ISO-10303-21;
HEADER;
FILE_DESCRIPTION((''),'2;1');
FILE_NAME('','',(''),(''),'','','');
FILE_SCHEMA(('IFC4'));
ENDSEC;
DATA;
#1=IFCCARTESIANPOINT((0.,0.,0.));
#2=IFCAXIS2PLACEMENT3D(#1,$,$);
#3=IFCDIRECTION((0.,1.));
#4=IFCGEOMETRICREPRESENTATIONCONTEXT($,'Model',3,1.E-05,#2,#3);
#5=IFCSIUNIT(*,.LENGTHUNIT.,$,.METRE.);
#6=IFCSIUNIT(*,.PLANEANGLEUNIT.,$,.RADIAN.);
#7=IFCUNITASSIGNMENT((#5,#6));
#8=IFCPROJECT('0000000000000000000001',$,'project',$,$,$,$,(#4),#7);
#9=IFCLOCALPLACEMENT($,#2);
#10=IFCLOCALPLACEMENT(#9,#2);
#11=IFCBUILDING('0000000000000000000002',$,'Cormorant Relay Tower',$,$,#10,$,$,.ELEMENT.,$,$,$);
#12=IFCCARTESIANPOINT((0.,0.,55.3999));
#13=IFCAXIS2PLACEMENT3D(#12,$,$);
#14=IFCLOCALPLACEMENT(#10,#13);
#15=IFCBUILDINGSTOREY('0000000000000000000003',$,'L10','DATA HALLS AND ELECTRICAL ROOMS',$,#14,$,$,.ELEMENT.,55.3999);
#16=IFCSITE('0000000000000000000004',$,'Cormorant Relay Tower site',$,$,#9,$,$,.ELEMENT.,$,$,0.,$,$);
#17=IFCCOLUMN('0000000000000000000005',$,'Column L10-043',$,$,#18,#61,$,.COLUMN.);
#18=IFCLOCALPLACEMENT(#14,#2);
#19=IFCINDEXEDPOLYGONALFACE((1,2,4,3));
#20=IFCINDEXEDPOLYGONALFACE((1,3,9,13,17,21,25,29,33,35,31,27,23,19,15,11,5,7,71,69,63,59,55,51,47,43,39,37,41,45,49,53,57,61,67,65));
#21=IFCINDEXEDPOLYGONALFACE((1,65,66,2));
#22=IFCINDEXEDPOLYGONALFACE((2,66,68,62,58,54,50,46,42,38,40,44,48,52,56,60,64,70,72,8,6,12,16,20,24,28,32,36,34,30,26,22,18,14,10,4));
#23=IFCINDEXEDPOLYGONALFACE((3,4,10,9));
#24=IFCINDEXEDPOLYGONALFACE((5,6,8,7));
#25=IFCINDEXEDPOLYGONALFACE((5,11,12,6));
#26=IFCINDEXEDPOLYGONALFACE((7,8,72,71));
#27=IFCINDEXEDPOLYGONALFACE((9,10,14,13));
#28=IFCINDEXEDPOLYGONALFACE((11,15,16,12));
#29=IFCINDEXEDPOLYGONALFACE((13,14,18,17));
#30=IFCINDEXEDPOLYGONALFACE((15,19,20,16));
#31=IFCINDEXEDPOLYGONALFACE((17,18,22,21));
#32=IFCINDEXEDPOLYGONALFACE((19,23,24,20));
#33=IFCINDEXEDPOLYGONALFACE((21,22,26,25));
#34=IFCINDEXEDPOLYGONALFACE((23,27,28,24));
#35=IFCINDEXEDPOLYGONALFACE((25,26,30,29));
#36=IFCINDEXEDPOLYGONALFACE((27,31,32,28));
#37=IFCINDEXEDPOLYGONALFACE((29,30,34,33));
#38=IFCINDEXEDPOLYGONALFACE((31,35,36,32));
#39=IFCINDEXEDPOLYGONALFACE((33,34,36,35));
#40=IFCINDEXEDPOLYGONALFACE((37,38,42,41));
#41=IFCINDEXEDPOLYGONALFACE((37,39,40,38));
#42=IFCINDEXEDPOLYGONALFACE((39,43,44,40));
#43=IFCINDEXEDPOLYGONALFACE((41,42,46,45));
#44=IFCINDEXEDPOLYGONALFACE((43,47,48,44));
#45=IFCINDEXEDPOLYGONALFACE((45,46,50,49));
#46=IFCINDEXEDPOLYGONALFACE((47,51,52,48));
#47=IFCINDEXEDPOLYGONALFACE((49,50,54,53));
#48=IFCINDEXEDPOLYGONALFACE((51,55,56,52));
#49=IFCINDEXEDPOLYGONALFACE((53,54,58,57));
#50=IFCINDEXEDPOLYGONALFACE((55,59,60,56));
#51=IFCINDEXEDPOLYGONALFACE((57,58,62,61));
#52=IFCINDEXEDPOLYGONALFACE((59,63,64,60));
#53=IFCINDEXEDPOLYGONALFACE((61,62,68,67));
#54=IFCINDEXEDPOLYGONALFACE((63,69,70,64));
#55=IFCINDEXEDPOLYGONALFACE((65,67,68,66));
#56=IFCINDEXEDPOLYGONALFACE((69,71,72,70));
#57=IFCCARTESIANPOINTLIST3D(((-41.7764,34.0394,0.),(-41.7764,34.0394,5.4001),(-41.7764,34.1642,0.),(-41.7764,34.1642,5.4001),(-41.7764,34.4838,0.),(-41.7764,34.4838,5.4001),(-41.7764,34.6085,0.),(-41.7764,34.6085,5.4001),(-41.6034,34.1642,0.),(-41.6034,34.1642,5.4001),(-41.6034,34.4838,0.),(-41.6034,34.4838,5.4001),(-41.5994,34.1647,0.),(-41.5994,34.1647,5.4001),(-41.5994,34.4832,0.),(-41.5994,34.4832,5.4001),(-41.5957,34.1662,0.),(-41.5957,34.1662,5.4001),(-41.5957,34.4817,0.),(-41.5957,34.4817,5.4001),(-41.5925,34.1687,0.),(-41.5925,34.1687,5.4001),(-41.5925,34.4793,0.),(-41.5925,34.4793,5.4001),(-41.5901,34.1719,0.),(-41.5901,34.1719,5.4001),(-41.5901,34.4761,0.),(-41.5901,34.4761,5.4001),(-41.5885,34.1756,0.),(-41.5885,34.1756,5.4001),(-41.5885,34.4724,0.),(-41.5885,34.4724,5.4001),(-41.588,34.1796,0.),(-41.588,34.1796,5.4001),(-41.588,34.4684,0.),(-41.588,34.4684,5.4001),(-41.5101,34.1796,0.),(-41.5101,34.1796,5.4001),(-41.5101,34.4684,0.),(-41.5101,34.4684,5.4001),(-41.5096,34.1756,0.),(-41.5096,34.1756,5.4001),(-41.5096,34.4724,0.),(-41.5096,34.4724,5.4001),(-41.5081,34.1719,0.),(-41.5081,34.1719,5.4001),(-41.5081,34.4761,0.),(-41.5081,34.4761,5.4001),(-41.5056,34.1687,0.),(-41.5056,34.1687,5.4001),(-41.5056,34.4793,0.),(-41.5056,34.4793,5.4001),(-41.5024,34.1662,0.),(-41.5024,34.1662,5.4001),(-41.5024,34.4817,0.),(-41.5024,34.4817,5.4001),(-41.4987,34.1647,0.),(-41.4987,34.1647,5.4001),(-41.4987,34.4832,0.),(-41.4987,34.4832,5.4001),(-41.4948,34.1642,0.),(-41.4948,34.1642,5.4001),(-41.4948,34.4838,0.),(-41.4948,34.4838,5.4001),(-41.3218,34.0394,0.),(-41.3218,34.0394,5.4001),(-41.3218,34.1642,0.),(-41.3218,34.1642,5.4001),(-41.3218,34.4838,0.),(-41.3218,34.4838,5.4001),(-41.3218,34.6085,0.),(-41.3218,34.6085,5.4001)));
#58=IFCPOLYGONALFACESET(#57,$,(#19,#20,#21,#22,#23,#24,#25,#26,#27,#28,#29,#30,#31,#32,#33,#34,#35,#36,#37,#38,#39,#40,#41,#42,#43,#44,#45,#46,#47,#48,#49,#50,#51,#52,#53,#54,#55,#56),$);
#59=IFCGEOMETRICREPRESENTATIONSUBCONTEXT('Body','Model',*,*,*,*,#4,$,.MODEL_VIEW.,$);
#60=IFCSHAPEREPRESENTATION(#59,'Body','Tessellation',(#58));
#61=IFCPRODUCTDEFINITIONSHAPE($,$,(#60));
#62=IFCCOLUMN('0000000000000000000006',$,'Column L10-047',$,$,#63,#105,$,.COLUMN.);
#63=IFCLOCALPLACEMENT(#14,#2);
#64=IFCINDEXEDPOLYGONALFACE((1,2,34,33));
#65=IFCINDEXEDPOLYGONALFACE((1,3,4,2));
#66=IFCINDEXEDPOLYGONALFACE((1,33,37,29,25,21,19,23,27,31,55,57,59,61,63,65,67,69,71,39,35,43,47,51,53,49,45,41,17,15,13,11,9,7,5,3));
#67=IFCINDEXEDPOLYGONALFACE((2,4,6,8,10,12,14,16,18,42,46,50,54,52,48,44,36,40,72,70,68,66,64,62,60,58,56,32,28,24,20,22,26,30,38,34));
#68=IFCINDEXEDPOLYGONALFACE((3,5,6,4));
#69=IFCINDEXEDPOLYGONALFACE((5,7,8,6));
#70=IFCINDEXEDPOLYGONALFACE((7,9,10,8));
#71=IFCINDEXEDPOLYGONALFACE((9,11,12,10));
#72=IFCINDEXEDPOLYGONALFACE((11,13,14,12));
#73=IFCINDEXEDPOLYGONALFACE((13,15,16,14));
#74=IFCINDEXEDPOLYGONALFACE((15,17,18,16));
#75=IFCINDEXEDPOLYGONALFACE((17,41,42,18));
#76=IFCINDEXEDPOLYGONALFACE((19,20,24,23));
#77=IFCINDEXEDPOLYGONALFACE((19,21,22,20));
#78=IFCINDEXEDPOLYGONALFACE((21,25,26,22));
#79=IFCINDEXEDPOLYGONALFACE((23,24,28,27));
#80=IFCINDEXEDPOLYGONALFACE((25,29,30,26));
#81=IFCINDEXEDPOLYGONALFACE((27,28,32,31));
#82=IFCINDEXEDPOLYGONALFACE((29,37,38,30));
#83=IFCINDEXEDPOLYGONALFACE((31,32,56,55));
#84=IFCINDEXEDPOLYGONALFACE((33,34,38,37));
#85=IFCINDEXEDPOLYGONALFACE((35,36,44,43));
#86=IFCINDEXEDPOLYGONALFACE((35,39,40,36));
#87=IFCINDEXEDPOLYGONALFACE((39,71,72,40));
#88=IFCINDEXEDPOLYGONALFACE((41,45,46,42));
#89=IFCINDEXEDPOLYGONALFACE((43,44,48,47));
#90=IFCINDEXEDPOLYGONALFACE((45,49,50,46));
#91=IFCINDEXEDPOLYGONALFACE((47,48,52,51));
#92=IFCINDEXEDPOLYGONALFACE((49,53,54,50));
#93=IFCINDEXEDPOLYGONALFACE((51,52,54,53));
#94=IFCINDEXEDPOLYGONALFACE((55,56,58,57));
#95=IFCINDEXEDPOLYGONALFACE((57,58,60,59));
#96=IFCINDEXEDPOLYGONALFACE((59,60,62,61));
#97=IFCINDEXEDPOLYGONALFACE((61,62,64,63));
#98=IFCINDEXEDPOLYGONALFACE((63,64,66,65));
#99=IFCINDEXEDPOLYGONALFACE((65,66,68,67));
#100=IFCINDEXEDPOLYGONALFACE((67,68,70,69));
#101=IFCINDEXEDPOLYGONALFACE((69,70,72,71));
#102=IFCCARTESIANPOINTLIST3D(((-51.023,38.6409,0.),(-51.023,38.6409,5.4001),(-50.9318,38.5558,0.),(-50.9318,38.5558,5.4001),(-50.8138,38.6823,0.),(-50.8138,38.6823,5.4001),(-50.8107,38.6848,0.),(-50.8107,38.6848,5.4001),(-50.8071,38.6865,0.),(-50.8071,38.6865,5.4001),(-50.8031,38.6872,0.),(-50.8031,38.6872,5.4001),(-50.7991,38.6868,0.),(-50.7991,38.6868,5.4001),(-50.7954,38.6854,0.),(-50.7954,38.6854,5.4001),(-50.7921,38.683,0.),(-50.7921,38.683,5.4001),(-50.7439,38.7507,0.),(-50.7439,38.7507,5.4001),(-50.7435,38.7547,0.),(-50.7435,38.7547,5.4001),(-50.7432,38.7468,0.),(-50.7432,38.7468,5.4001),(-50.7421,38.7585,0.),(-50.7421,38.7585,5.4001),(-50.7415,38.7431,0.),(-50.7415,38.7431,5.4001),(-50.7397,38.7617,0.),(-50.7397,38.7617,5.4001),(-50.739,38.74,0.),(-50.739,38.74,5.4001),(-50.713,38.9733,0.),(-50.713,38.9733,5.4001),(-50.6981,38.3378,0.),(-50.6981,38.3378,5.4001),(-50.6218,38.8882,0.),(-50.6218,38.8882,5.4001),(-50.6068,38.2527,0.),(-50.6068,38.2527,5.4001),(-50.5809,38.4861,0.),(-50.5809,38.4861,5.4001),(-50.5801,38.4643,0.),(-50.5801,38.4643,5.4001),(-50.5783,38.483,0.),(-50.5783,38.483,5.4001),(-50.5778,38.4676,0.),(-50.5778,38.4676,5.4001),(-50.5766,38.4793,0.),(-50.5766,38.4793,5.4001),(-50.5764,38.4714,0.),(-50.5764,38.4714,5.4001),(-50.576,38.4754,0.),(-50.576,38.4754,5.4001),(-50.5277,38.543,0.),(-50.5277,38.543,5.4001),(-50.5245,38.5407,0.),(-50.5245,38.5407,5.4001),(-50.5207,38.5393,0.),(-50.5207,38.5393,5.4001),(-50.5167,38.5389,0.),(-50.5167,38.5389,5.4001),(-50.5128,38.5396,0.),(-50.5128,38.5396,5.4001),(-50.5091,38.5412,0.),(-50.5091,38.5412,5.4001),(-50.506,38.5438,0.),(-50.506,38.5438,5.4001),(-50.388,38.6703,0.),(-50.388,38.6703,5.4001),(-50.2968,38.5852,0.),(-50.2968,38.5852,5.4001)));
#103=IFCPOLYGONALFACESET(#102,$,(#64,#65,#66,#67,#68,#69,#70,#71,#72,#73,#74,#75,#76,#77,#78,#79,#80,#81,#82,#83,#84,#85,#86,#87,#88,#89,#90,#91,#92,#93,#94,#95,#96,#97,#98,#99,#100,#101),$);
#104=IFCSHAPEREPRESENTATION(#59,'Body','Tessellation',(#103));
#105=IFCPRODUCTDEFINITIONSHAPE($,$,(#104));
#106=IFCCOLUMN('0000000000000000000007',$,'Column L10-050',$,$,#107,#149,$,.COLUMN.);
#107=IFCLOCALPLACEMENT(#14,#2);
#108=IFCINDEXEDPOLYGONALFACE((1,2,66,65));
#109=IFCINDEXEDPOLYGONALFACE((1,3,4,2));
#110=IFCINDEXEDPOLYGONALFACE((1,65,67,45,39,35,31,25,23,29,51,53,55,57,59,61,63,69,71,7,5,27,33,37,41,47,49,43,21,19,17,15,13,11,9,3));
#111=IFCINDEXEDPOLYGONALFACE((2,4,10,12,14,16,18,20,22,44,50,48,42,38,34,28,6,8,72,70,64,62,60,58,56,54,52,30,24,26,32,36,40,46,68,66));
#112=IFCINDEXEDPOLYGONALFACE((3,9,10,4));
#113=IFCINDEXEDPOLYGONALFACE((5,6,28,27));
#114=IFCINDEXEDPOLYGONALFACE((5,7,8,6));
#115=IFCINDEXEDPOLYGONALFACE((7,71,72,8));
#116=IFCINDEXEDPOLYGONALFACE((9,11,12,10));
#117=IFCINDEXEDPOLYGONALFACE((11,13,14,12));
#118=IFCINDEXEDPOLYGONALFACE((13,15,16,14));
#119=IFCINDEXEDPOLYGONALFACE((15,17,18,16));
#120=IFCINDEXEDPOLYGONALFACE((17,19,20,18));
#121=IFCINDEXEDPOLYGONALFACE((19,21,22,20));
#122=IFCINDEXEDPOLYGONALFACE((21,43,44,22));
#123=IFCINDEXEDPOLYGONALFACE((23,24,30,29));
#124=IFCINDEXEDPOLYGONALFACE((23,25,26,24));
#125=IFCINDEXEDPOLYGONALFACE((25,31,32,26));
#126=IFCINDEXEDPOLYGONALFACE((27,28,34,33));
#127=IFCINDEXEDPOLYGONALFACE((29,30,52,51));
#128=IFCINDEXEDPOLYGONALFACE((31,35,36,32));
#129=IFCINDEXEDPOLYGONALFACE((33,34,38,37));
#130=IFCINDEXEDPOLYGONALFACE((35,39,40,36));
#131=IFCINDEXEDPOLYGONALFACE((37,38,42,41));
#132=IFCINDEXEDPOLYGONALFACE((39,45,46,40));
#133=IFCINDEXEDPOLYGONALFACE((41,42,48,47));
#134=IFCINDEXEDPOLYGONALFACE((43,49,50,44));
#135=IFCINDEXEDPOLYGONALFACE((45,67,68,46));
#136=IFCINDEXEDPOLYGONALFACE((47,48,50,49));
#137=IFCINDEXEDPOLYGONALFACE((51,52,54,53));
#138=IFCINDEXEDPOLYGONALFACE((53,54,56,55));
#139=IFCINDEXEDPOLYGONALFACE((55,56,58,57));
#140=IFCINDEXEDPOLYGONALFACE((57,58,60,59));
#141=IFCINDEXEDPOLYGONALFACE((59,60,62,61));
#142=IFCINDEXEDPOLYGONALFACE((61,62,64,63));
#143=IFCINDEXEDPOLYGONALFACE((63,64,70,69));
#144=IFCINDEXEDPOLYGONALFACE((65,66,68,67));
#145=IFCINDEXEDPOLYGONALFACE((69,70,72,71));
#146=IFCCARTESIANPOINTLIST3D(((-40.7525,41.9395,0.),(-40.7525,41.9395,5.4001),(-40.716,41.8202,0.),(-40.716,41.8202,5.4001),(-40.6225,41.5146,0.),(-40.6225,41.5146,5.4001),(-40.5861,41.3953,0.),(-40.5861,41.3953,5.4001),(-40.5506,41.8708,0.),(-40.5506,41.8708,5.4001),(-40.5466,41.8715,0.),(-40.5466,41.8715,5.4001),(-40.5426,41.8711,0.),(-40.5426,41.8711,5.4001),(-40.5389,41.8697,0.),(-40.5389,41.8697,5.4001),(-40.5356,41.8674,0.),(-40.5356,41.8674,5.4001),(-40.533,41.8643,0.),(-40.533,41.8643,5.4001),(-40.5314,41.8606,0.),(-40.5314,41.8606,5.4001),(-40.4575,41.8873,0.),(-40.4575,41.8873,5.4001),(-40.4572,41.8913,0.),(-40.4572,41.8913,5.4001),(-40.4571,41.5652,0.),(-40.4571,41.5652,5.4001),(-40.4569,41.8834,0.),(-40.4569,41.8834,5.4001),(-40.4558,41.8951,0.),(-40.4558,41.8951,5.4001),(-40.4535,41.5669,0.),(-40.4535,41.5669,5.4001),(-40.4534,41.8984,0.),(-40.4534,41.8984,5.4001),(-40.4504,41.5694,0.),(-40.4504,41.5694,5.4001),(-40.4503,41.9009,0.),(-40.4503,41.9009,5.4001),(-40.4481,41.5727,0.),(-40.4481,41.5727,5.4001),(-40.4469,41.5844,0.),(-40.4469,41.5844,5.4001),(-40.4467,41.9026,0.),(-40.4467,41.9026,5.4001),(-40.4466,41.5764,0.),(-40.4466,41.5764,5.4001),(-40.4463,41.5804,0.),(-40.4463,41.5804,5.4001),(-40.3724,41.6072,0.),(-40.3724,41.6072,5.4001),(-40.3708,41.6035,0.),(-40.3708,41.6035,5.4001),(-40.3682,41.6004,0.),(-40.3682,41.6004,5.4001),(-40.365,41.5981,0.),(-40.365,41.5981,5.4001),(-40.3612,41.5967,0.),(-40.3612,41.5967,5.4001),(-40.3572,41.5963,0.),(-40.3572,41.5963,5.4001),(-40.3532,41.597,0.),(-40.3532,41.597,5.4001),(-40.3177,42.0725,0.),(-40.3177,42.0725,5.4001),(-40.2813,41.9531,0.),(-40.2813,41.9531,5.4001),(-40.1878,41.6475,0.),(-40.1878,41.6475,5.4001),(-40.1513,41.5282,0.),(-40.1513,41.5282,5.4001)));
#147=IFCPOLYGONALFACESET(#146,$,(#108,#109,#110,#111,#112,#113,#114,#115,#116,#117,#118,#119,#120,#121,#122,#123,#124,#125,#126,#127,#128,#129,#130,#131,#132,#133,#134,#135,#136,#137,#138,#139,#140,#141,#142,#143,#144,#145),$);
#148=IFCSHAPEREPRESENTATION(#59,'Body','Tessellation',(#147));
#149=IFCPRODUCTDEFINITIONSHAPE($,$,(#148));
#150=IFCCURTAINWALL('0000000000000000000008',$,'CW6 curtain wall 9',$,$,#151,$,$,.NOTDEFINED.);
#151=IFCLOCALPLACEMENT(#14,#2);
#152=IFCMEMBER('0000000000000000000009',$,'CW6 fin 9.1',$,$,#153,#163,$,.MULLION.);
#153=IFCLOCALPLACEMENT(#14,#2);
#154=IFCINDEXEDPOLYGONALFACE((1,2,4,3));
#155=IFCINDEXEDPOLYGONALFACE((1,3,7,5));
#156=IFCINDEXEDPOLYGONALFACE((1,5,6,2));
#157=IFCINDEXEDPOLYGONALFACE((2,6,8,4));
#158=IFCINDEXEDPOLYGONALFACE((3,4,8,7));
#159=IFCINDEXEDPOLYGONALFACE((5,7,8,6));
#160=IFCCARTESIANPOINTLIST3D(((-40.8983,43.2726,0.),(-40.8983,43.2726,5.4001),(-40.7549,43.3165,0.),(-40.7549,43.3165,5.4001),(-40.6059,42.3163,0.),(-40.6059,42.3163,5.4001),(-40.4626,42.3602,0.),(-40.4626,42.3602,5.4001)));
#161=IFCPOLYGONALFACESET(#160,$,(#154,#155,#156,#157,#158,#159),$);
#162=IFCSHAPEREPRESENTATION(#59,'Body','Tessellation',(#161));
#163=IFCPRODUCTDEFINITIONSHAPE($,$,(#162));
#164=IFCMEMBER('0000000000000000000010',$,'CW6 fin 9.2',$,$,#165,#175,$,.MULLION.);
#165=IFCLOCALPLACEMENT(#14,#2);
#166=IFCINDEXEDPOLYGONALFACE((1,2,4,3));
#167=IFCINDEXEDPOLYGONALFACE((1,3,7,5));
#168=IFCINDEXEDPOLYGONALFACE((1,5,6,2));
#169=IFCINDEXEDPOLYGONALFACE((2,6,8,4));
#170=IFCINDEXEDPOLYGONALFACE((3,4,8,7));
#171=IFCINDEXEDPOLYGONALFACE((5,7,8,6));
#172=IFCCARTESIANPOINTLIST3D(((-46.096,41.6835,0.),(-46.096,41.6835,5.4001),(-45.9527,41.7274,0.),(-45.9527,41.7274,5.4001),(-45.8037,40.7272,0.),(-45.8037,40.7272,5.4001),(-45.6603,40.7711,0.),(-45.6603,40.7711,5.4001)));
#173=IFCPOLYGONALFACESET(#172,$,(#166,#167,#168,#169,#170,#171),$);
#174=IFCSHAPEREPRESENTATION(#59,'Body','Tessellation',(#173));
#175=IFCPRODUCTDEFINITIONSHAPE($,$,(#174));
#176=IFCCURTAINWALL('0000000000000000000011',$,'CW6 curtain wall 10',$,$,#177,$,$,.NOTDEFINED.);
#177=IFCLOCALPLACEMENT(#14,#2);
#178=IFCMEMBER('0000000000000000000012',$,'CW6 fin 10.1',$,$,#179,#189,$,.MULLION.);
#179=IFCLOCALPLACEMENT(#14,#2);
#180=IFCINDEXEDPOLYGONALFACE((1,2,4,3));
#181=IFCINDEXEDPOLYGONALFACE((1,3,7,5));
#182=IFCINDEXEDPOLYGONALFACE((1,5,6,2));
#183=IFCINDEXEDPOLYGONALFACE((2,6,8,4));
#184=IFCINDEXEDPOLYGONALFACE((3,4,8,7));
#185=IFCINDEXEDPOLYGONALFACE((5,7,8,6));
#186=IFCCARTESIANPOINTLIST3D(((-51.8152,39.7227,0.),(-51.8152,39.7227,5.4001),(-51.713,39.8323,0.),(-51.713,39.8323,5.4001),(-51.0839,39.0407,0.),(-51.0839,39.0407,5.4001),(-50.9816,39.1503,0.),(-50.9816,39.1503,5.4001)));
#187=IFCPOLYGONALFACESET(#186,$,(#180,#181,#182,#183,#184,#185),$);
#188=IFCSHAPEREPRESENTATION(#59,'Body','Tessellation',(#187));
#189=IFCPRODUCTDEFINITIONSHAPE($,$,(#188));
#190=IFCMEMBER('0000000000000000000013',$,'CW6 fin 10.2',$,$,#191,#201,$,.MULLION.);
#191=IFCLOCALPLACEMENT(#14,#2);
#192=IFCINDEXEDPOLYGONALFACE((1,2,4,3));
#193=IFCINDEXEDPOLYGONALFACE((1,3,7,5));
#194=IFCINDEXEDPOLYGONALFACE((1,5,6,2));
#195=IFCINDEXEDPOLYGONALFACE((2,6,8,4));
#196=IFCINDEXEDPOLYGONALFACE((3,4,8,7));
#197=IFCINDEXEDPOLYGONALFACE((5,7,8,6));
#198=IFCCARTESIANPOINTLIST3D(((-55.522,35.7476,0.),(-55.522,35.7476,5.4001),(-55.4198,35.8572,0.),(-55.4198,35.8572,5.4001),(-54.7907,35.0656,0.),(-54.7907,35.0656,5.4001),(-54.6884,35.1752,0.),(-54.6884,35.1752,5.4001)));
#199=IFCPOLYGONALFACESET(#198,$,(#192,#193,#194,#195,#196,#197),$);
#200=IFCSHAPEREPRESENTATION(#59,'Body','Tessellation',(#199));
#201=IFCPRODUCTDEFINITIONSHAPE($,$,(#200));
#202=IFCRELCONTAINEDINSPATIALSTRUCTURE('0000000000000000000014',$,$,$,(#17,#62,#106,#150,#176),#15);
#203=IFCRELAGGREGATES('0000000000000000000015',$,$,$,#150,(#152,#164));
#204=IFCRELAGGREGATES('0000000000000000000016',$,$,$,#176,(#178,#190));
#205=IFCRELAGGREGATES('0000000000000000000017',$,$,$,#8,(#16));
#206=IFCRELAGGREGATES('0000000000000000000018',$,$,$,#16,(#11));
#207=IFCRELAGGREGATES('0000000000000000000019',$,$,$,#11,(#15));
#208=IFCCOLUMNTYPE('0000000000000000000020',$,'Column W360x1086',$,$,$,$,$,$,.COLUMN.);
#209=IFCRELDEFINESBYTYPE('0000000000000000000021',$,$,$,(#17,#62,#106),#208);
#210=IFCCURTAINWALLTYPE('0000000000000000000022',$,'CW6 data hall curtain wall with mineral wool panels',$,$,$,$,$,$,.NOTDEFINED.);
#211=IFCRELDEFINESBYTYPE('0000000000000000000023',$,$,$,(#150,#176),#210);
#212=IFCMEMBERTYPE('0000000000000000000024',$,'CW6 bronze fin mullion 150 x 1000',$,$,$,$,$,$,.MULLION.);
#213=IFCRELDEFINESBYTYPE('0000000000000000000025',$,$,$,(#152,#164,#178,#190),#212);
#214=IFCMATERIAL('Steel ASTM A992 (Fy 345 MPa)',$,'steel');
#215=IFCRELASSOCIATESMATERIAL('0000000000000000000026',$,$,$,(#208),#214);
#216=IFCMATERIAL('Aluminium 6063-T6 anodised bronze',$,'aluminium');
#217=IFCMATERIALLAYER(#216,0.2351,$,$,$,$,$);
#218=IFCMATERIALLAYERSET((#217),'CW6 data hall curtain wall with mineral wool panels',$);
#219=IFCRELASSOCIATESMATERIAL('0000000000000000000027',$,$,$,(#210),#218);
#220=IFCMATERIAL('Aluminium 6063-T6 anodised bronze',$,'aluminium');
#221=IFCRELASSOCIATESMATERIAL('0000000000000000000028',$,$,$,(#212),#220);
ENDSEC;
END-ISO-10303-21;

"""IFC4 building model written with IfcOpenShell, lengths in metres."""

from ifc_helpers import new_model, si_unit, direction, frame, origin, origin_2d, place, context, subcontext, project, spatial, rectangle, i_section, extrude, material, layer, layer_set, material_profile, profile_set, type_object, element, aggregate, save


model = new_model("IFC4")

# Units and contexts
model_context = context("Model", 3, precision=1e-05, world=origin(), true_north=direction((0.0, 1.0)))
body_context = subcontext(model_context, "Body", "Model", "MODEL_VIEW")
ifc_project = project(units=[si_unit("LENGTHUNIT", "METRE"), si_unit("PLANEANGLEUNIT", "RADIAN")], contexts=[model_context])

# Site, building, storey
site_placement = place(None, origin())
site = spatial("IfcSite", under=ifc_project, at=site_placement, Name="Cormorant Relay Tower site", CompositionType="ELEMENT", RefElevation=0.0)
building_placement = place(site_placement, origin())
building = spatial("IfcBuilding", under=site, at=building_placement, Name="Cormorant Relay Tower", CompositionType="ELEMENT")
storey_placement = place(building_placement, frame((0.0, 0.0, 55.3999)))
storey = spatial("IfcBuildingStorey", under=building, at=storey_placement, Name="L10", Description="DATA HALLS AND ELECTRICAL ROOMS", CompositionType="ELEMENT", Elevation=55.3999)

# Columns
ifc_material_1 = material(Name="Steel ASTM A992 (Fy 345 MPa)", Category="steel")
ifc_material_profile_1 = material_profile(ifc_material_1, i_section(OverallWidth=0.4546, OverallDepth=0.5691, WebThickness=0.0779, FlangeThickness=0.1248, FilletRadius=0.0154, at=origin_2d()), Name="W360x1086")
ifc_profile_set_1 = profile_set([ifc_material_profile_1], Name="Steel ASTM A992 (Fy 345 MPa)")
column_type = type_object("IfcColumnType", Name="Column W360x1086", PredefinedType="COLUMN", material=ifc_profile_set_1)
for number, where, z_axis, x_axis, name in (
    (1, (-41.5491, 34.324, 0.0), (0.0, 0.0, 1.0), (1.0, 0.0, 0.0), "Column L10-043"),
    (2, (-50.6599, 38.613, 0.0), (0.0, 0.0, 1.0), (-0.681998, -0.731354, 0.0), "Column L10-047"),
    (3, (-40.4519, 41.7339, 0.0), (0.0, 0.0, 1.0), (-0.956305, -0.292372, 0.0), "Column L10-050"),
):
    element("IfcColumn", number, at=place(storey_placement, frame(where, z_axis=z_axis, x_axis=x_axis)), inside=storey, type_object=column_type, Name=name, PredefinedType="COLUMN", context=body_context, shape_type="SweptSolid", body=[
        extrude(i_section(OverallWidth=0.4546, OverallDepth=0.5691, WebThickness=0.0779, FlangeThickness=0.1248, FilletRadius=0.0154, at=origin_2d()), origin(), (0.0, 0.0, 1.0), 5.4001),
    ])

# Curtain walls, members
ifc_material_2 = material(Name="Aluminium 6063-T6 anodised bronze", Category="aluminium")
ifc_layer_1 = layer(ifc_material_2, 0.2351)
ifc_layer_set_1 = layer_set([ifc_layer_1], Name="CW6 data hall curtain wall with mineral wool panels")
curtain_wall_type = type_object("IfcCurtainWallType", Name="CW6 data hall curtain wall with mineral wool panels", PredefinedType="NOTDEFINED", material=ifc_layer_set_1)
curtain_wall_1_placement = place(storey_placement, origin())
curtain_wall_1 = element("IfcCurtainWall", 4, at=curtain_wall_1_placement, inside=storey, type_object=curtain_wall_type, Name="CW6 curtain wall 9", PredefinedType="NOTDEFINED")
ifc_material_3 = material(Name="Aluminium 6063-T6 anodised bronze", Category="aluminium")
ifc_material_profile_2 = material_profile(ifc_material_3, rectangle(XDim=0.1499, YDim=1.0, at=origin_2d()), Name="AL 150x1000")
ifc_profile_set_2 = profile_set([ifc_material_profile_2], Name="Aluminium 6063-T6 anodised bronze")
member_type_1 = type_object("IfcMemberType", Name="CW6 bronze fin mullion 150 x 1000", PredefinedType="MULLION", material=ifc_profile_set_2)
member_1_placement = place(storey_placement, frame((-40.6804, 42.8164, 0.0), z_axis=(0.0, 0.0, 1.0), x_axis=(-0.956305, -0.292372, 0.0)))
member_1 = element("IfcMember", 5, at=member_1_placement, type_object=member_type_1, Name="CW6 fin 9.1", PredefinedType="MULLION", context=body_context, shape_type="SweptSolid", body=[
    extrude(rectangle(XDim=0.1499, YDim=1.0, at=origin_2d()), origin(), (0.0, 0.0, 1.0), 5.4001),
])
member_2_placement = place(storey_placement, frame((-45.8782, 41.2273, 0.0), z_axis=(0.0, 0.0, 1.0), x_axis=(-0.956305, -0.292372, 0.0)))
member_2 = element("IfcMember", 6, at=member_2_placement, type_object=member_type_1, Name="CW6 fin 9.2", PredefinedType="MULLION", context=body_context, shape_type="SweptSolid", body=[
    extrude(rectangle(XDim=0.1499, YDim=1.0, at=origin_2d()), origin(), (0.0, 0.0, 1.0), 5.4001),
])
curtain_wall_2_placement = place(storey_placement, origin())
curtain_wall_2 = element("IfcCurtainWall", 7, at=curtain_wall_2_placement, inside=storey, type_object=curtain_wall_type, Name="CW6 curtain wall 10", PredefinedType="NOTDEFINED")
member_3_placement = place(storey_placement, frame((-51.3984, 39.4365, 0.0), z_axis=(0.0, 0.0, 1.0), x_axis=(-0.681998, -0.731354, 0.0)))
member_3 = element("IfcMember", 8, at=member_3_placement, type_object=member_type_1, Name="CW6 fin 10.1", PredefinedType="MULLION", context=body_context, shape_type="SweptSolid", body=[
    extrude(rectangle(XDim=0.1499, YDim=1.0, at=origin_2d()), origin(), (0.0, 0.0, 1.0), 5.4001),
])
member_4_placement = place(storey_placement, frame((-55.1052, 35.4614, 0.0), z_axis=(0.0, 0.0, 1.0), x_axis=(-0.681998, -0.731354, 0.0)))
member_4 = element("IfcMember", 9, at=member_4_placement, type_object=member_type_1, Name="CW6 fin 10.2", PredefinedType="MULLION", context=body_context, shape_type="SweptSolid", body=[
    extrude(rectangle(XDim=0.1499, YDim=1.0, at=origin_2d()), origin(), (0.0, 0.0, 1.0), 5.4001),
])

aggregate(curtain_wall_1, [member_1, member_2])
aggregate(curtain_wall_2, [member_3, member_4])

save(model, "model.ifc")
